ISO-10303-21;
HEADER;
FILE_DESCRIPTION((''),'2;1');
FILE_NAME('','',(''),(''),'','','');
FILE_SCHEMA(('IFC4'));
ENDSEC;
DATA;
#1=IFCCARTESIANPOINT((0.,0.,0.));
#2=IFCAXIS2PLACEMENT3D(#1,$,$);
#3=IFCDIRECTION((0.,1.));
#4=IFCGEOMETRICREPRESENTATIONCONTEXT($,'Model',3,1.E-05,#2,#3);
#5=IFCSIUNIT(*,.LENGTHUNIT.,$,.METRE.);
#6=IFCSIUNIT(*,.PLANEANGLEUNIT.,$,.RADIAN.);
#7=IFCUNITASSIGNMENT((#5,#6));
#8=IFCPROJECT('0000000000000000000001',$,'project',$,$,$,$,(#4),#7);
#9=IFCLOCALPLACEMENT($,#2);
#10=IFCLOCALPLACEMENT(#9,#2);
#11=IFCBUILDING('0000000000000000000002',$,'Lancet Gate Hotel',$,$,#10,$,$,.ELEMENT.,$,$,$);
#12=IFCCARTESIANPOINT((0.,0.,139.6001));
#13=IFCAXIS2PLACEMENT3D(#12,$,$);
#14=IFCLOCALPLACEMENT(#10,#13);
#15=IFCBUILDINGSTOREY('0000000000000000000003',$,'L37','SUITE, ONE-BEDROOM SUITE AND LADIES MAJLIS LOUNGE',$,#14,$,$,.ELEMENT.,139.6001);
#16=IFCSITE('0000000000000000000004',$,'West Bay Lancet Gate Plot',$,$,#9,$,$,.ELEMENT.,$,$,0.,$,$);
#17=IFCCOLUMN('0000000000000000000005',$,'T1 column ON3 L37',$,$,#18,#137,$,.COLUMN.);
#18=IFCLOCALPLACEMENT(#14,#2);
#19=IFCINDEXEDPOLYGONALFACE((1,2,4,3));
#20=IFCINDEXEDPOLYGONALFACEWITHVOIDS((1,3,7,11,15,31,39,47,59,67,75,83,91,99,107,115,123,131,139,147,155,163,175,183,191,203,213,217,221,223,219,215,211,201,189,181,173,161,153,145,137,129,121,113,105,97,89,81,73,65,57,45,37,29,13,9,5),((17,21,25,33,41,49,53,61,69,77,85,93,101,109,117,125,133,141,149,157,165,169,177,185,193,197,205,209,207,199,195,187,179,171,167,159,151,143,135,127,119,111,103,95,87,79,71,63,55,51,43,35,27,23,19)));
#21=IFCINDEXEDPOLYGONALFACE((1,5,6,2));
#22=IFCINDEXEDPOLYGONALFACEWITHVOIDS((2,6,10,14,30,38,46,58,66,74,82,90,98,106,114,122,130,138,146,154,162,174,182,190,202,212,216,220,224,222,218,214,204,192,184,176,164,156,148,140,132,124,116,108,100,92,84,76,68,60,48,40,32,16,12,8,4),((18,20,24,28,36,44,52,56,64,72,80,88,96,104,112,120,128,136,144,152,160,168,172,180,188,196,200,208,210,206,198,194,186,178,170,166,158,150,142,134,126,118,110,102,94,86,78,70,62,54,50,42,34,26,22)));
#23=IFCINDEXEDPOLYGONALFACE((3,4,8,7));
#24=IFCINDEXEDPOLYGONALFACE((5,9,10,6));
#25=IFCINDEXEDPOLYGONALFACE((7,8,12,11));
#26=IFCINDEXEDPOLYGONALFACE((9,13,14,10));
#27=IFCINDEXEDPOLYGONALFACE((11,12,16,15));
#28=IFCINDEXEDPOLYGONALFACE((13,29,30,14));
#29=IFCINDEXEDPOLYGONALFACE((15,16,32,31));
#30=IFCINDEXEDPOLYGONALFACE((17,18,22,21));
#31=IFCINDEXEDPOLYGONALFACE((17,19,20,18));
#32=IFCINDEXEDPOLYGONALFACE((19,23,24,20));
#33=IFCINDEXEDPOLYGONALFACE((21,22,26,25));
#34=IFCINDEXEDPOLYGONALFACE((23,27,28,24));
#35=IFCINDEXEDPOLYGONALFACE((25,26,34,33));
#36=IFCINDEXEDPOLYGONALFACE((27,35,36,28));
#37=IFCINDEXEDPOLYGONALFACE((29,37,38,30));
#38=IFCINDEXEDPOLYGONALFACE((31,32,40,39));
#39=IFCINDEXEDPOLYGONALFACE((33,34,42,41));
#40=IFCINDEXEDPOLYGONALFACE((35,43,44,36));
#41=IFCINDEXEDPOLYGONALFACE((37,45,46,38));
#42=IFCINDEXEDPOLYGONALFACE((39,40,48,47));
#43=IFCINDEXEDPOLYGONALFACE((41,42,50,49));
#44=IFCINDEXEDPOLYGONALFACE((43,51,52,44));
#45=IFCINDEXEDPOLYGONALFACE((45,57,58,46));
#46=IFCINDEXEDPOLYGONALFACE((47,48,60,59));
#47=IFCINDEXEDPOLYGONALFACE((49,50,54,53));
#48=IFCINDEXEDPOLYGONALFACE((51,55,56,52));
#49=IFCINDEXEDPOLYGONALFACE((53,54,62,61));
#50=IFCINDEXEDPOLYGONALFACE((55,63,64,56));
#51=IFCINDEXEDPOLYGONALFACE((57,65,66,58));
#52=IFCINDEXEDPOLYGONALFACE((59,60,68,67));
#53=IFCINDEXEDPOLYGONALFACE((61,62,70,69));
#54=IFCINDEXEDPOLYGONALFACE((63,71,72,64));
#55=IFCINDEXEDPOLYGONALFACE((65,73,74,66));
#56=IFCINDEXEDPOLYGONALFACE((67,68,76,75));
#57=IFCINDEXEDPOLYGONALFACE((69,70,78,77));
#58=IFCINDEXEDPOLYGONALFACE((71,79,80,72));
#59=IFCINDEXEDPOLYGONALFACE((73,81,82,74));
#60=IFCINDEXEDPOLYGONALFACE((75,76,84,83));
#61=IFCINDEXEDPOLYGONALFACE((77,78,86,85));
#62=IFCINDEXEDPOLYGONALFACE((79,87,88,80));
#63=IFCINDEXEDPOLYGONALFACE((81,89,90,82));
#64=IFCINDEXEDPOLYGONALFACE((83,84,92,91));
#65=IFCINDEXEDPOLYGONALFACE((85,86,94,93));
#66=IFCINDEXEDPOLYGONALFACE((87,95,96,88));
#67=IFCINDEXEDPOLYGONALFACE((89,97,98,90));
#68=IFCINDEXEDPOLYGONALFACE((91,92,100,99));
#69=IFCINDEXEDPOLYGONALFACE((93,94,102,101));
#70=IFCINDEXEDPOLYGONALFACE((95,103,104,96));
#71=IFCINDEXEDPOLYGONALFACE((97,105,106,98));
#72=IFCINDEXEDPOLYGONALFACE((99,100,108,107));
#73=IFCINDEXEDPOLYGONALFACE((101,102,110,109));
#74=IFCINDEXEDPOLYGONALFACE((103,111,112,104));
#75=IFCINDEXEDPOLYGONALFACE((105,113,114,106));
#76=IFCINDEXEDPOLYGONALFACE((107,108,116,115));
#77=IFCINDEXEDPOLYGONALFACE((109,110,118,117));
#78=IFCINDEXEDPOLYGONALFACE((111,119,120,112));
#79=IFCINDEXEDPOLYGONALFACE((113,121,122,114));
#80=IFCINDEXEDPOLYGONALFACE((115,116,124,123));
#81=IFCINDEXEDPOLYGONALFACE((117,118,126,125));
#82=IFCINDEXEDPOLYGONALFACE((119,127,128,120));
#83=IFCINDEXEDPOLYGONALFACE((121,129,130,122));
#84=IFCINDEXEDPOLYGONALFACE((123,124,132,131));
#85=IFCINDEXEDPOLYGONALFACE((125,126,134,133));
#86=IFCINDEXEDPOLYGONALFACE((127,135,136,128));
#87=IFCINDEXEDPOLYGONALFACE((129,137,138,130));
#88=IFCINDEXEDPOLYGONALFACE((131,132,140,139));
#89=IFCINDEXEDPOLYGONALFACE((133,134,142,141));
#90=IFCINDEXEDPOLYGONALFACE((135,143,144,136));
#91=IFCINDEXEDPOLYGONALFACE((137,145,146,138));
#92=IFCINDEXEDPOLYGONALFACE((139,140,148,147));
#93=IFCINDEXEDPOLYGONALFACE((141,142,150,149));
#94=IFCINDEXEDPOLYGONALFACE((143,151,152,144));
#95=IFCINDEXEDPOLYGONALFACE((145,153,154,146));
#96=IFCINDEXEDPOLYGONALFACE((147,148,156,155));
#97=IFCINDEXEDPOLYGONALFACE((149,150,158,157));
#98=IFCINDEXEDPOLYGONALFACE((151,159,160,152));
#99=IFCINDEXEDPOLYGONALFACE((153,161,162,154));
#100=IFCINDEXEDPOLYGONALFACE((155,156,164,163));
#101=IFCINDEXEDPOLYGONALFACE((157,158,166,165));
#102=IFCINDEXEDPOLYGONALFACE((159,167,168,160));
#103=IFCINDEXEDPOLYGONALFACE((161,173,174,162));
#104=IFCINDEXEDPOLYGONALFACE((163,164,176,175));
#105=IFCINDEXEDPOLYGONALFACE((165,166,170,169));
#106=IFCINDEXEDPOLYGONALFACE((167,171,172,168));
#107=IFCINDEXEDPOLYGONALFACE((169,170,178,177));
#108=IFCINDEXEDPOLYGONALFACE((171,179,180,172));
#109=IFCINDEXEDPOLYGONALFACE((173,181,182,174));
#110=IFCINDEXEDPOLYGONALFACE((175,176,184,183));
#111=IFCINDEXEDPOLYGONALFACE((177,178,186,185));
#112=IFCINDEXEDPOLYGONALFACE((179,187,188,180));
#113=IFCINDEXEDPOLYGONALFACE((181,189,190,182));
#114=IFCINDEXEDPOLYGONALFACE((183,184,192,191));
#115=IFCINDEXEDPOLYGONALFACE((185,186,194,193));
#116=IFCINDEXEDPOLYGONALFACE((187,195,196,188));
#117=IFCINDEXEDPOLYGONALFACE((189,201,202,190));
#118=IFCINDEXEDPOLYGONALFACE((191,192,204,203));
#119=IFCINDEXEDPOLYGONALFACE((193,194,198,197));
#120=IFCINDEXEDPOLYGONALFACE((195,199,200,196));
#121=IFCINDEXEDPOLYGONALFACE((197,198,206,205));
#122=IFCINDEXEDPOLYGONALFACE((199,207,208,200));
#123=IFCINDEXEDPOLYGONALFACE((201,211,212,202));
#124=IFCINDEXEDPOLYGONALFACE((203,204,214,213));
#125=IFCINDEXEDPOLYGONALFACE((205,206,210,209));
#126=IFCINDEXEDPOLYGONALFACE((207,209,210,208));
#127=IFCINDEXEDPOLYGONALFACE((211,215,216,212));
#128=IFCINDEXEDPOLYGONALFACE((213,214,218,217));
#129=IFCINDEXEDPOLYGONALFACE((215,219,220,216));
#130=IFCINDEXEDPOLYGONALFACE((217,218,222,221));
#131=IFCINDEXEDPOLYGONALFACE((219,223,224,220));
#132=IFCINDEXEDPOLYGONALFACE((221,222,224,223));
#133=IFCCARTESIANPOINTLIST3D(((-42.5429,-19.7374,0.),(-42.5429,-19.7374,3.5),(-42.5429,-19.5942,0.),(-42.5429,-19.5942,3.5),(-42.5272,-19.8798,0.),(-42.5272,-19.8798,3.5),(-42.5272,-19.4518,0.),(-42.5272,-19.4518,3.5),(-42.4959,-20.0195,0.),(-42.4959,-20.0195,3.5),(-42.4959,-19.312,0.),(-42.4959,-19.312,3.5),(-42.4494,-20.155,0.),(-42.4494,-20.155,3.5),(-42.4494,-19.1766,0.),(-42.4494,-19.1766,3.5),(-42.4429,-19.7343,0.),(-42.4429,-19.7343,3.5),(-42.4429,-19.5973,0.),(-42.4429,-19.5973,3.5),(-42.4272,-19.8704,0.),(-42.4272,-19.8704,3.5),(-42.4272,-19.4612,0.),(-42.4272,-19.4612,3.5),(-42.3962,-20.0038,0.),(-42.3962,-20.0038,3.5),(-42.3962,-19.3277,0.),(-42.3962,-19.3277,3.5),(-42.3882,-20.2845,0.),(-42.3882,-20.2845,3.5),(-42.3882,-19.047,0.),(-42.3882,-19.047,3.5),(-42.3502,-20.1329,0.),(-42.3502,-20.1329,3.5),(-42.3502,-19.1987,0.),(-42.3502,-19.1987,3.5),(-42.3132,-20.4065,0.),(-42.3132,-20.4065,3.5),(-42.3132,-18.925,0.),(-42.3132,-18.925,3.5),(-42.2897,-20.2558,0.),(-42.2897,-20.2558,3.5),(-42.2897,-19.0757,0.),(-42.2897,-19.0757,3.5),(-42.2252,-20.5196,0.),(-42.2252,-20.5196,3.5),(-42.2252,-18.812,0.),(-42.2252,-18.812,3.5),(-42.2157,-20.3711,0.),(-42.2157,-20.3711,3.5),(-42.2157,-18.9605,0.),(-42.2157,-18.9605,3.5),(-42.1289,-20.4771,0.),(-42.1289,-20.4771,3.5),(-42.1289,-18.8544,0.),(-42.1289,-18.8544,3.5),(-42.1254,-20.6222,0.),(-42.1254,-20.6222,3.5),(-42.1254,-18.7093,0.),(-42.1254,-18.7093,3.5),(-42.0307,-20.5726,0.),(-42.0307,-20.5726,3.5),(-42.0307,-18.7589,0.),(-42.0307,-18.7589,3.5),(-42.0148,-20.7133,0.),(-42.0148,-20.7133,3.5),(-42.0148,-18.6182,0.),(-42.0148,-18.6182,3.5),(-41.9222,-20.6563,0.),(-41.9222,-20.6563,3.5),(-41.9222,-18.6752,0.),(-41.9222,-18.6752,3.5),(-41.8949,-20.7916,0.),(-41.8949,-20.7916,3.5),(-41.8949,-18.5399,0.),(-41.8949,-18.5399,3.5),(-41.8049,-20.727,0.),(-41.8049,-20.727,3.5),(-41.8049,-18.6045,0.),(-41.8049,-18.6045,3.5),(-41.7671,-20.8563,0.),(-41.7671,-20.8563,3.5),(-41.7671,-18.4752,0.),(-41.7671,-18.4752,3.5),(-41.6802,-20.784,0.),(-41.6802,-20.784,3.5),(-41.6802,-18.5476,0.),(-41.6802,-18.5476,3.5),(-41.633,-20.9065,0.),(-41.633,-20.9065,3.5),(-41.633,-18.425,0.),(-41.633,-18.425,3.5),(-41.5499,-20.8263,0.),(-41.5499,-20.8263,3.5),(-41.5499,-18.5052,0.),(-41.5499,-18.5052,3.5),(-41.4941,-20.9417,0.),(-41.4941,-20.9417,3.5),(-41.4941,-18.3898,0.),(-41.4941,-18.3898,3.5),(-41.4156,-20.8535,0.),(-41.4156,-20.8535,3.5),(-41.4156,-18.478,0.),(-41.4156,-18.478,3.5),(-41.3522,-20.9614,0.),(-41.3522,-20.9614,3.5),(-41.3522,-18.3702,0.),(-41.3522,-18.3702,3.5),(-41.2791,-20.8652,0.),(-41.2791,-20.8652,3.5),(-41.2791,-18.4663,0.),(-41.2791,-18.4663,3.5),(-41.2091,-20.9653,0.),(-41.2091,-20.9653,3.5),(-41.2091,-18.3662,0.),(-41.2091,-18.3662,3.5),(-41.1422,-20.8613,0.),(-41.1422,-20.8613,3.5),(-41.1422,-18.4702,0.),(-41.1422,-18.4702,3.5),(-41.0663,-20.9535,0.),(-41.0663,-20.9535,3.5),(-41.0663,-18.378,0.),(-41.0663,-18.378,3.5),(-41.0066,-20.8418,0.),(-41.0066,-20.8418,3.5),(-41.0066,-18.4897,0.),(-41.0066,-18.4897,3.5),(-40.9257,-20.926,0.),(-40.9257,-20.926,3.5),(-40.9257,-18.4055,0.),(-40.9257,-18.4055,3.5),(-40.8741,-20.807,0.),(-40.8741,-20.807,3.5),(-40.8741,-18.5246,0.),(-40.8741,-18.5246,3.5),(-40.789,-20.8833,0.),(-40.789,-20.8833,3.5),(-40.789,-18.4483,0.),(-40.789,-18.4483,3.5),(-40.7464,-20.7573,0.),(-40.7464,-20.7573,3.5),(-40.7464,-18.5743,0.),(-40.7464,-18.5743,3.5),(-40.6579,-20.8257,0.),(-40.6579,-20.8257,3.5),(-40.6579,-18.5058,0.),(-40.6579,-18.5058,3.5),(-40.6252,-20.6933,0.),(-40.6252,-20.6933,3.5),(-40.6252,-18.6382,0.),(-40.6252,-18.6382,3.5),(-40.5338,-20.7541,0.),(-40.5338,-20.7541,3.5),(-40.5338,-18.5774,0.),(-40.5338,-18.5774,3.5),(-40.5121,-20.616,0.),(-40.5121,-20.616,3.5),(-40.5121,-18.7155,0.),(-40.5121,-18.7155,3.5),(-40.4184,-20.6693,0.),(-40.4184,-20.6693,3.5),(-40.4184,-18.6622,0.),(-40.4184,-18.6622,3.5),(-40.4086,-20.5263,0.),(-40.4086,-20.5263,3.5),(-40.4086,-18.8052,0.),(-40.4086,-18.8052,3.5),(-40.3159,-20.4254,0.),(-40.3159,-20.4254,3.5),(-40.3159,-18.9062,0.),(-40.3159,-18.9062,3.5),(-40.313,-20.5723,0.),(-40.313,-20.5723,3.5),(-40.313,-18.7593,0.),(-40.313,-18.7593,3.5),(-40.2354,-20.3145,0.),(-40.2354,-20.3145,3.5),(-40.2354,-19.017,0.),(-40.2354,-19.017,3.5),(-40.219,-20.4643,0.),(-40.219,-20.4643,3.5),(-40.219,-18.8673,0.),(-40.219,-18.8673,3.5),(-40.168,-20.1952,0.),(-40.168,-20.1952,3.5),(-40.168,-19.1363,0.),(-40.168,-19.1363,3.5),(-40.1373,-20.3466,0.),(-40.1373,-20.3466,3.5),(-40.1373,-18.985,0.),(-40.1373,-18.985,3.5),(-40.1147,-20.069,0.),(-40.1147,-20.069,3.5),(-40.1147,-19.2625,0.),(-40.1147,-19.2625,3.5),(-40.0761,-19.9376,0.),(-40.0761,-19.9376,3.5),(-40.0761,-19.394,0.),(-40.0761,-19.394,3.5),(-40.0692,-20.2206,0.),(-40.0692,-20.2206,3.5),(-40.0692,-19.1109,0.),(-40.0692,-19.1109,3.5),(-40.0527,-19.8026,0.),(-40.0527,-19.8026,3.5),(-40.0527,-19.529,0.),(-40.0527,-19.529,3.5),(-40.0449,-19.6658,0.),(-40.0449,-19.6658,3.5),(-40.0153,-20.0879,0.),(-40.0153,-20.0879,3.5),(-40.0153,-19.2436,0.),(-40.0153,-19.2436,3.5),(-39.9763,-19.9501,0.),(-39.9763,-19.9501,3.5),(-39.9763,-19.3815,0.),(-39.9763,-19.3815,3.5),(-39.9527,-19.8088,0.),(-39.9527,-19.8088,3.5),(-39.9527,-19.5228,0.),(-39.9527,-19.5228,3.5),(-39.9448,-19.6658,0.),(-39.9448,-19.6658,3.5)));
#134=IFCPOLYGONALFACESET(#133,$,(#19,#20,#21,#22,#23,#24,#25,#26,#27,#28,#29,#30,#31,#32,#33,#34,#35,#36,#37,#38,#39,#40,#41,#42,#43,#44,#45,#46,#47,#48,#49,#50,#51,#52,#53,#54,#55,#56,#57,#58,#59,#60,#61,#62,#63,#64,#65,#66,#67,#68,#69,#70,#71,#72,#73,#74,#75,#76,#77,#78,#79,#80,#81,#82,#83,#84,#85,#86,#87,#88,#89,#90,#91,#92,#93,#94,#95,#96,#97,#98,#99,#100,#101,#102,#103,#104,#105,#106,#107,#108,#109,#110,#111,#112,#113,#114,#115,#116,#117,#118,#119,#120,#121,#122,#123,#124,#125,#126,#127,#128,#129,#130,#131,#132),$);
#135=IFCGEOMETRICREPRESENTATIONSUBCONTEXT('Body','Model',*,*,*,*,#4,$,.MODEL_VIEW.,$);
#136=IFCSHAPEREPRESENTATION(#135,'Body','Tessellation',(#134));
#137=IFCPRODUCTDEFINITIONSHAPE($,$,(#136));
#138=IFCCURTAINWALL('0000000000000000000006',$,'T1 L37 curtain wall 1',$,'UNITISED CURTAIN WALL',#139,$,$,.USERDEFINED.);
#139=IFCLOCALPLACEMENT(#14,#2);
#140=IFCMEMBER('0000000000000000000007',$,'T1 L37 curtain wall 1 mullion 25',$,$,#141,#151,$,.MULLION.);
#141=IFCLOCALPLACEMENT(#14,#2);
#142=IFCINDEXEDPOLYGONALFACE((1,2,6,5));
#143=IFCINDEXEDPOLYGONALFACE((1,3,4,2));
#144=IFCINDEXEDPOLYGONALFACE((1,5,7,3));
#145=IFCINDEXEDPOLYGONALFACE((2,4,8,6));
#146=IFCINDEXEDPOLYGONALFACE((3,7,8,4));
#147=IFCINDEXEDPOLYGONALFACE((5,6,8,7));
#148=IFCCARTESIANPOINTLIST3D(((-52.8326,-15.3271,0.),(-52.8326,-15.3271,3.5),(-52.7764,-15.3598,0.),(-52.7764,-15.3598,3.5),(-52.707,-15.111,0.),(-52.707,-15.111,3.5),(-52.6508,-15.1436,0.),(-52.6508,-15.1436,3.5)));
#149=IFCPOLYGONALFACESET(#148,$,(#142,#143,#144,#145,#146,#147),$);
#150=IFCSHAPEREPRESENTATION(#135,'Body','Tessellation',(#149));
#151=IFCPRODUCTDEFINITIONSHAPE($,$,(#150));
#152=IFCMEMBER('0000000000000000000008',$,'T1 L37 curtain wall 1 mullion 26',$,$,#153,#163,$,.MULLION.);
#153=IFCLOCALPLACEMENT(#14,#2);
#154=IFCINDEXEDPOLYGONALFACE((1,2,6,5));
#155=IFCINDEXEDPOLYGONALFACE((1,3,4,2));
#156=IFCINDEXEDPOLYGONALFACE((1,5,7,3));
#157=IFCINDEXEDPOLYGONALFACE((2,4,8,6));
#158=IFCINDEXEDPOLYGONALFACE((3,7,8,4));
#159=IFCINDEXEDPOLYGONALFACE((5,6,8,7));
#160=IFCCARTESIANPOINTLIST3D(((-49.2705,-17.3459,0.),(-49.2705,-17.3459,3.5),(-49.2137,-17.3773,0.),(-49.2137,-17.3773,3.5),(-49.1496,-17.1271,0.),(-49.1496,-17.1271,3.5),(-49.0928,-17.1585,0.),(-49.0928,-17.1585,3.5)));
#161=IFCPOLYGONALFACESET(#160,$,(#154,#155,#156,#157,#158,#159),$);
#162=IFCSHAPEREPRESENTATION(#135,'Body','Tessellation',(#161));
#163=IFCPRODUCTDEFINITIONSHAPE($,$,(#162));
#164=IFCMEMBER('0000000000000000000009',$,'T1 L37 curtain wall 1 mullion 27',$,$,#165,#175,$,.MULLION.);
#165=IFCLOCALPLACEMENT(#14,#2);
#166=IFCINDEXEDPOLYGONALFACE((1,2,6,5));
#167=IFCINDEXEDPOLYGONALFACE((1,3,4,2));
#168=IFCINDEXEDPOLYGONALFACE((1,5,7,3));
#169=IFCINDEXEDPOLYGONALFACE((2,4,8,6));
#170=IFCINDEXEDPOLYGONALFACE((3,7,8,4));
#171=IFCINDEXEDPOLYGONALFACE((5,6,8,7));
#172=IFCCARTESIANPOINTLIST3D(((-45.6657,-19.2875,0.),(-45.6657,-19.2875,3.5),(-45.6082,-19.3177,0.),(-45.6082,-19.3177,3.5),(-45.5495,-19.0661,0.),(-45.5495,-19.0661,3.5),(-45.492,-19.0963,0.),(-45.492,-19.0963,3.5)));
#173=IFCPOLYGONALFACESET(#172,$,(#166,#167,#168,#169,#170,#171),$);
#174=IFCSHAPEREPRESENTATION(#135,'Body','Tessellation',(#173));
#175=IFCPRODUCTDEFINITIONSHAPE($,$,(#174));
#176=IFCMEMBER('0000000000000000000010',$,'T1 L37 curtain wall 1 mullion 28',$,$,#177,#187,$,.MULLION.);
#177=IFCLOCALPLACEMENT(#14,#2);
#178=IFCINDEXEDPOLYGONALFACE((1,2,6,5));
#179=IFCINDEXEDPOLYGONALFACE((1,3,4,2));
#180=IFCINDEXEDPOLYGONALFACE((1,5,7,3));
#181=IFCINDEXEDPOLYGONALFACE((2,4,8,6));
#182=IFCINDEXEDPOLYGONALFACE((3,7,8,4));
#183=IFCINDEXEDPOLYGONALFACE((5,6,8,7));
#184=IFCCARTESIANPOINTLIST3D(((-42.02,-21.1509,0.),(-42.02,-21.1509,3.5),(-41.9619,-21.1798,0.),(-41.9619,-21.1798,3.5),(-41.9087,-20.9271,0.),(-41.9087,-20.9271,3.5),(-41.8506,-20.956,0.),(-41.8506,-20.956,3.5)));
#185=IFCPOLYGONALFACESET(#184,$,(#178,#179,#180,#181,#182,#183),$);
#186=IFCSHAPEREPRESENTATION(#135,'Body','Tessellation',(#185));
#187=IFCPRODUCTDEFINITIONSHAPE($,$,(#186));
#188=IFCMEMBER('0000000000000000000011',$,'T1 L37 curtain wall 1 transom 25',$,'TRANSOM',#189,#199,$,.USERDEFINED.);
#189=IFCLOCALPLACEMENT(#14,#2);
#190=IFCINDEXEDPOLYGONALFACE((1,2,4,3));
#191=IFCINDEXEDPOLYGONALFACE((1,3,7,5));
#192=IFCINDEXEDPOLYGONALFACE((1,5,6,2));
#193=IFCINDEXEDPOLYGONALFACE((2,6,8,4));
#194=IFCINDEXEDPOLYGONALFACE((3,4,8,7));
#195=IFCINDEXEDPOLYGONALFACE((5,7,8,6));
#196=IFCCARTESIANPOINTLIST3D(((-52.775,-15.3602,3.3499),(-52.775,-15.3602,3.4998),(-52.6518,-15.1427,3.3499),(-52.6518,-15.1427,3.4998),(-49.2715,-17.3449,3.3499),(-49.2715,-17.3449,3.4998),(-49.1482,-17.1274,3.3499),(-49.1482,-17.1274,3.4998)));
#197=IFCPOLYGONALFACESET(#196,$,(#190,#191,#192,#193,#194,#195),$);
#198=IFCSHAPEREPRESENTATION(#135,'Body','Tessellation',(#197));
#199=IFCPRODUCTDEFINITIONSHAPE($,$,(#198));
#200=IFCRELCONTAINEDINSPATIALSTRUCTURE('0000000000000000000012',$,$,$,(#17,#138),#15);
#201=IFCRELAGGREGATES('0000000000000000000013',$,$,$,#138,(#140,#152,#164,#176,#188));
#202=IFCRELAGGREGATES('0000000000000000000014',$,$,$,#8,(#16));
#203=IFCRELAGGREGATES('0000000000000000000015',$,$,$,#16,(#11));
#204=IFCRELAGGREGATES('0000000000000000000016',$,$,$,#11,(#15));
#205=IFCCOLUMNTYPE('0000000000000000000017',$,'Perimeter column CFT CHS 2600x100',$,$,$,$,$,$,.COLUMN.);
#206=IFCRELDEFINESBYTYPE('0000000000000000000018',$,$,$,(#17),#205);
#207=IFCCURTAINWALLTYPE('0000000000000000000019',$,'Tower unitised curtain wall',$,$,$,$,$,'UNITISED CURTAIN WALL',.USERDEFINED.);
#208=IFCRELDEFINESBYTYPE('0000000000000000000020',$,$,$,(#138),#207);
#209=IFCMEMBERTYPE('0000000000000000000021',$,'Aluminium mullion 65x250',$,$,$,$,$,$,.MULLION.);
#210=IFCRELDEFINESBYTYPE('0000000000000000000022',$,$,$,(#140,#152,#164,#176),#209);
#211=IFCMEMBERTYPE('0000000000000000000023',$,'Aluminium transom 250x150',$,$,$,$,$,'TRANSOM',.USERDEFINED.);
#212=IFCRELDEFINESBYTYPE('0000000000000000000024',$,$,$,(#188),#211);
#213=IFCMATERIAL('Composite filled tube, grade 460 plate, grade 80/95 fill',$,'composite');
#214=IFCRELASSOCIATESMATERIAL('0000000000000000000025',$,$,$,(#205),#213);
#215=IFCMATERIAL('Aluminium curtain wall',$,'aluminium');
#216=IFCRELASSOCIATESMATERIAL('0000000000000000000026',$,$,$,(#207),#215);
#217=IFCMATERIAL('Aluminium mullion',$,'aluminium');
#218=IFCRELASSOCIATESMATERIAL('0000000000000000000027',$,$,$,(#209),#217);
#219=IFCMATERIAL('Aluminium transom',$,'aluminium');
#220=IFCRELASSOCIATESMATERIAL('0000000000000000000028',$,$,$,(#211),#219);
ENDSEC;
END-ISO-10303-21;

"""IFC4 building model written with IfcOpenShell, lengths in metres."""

from ifc_helpers import new_model, si_unit, direction, frame, origin, origin_2d, place, context, subcontext, project, spatial, rectangle, hollow_circle, extrude, material, material_profile, profile_set, type_object, element, aggregate, save


model = new_model("IFC4")

# Units and contexts
model_context = context("Model", 3, precision=1e-05, world=origin(), true_north=direction((0.0, 1.0)))
body_context = subcontext(model_context, "Body", "Model", "MODEL_VIEW")
ifc_project = project(units=[si_unit("LENGTHUNIT", "METRE"), si_unit("PLANEANGLEUNIT", "RADIAN")], contexts=[model_context])

# Site, building, storey
site_placement = place(None, origin())
site = spatial("IfcSite", under=ifc_project, at=site_placement, Name="West Bay Lancet Gate Plot", CompositionType="ELEMENT", RefElevation=0.0)
building_placement = place(site_placement, origin())
building = spatial("IfcBuilding", under=site, at=building_placement, Name="Lancet Gate Hotel", CompositionType="ELEMENT")
storey_placement = place(building_placement, frame((0.0, 0.0, 139.6001)))
storey = spatial("IfcBuildingStorey", under=building, at=storey_placement, Name="L37", Description="SUITE, ONE-BEDROOM SUITE AND LADIES MAJLIS LOUNGE", CompositionType="ELEMENT", Elevation=139.6001)

# Column
ifc_material_1 = material(Name="Composite filled tube, grade 460 plate, grade 80/95 fill", Category="composite")
ifc_material_profile_1 = material_profile(ifc_material_1, hollow_circle(Radius=1.3, WallThickness=0.1001, at=origin_2d()), Name="CHS 2600x100")
ifc_profile_set_1 = profile_set([ifc_material_profile_1], Name="Composite filled tube, grade 460 plate, grade 80/95 fill")
column_type = type_object("IfcColumnType", Name="Perimeter column CFT CHS 2600x100", PredefinedType="COLUMN", material=ifc_profile_set_1)
for number, where, z_axis, x_axis, name in (
    (1, (-41.2449, -19.6658, 0.0), (0.0, 0.0, 1.0), (1.0, 0.0, 0.0), "T1 column ON3 L37"),
):
    element("IfcColumn", number, at=place(storey_placement, frame(where, z_axis=z_axis, x_axis=x_axis)), inside=storey, type_object=column_type, Name=name, PredefinedType="COLUMN", context=body_context, shape_type="SweptSolid", body=[
        extrude(hollow_circle(Radius=1.3, WallThickness=0.1001, at=origin_2d()), origin(), (0.0, 0.0, 1.0), 3.5),
    ])

# Curtain wall, members
ifc_material_2 = material(Name="Aluminium curtain wall", Category="aluminium")
curtain_wall_type = type_object("IfcCurtainWallType", Name="Tower unitised curtain wall", ElementType="UNITISED CURTAIN WALL", PredefinedType="USERDEFINED", material=ifc_material_2)
curtain_wall_placement = place(storey_placement, origin())
curtain_wall = element("IfcCurtainWall", 2, at=curtain_wall_placement, inside=storey, type_object=curtain_wall_type, Name="T1 L37 curtain wall 1", ObjectType="UNITISED CURTAIN WALL", PredefinedType="USERDEFINED")
ifc_material_3 = material(Name="Aluminium mullion", Category="aluminium")
ifc_material_profile_2 = material_profile(ifc_material_3, rectangle(XDim=0.0649, YDim=0.25, at=origin_2d()), Name="MULLION 65x250")
ifc_profile_set_2 = profile_set([ifc_material_profile_2], Name="Aluminium mullion")
member_type_1 = type_object("IfcMemberType", Name="Aluminium mullion 65x250", PredefinedType="MULLION", material=ifc_profile_set_2)
member_1_placement = place(storey_placement, frame((-52.7417, -15.2354, 0.0), z_axis=(0.0, 0.0, 1.0), x_axis=(0.864728, -0.502241, 0.0)))
member_1 = element("IfcMember", 3, at=member_1_placement, type_object=member_type_1, Name="T1 L37 curtain wall 1 mullion 25", PredefinedType="MULLION", context=body_context, shape_type="SweptSolid", body=[
    extrude(rectangle(XDim=0.0649, YDim=0.25, at=origin_2d()), origin(), (0.0, 0.0, 1.0), 3.5),
])
member_2_placement = place(storey_placement, frame((-49.1816, -17.2522, 0.0), z_axis=(0.0, 0.0, 1.0), x_axis=(0.875339, -0.48351, 0.0)))
member_2 = element("IfcMember", 4, at=member_2_placement, type_object=member_type_1, Name="T1 L37 curtain wall 1 mullion 26", PredefinedType="MULLION", context=body_context, shape_type="SweptSolid", body=[
    extrude(rectangle(XDim=0.0649, YDim=0.25, at=origin_2d()), origin(), (0.0, 0.0, 1.0), 3.5),
])
member_3_placement = place(storey_placement, frame((-45.5789, -19.1919, 0.0), z_axis=(0.0, 0.0, 1.0), x_axis=(0.885544, -0.464555, 0.0)))
member_3 = element("IfcMember", 5, at=member_3_placement, type_object=member_type_1, Name="T1 L37 curtain wall 1 mullion 27", PredefinedType="MULLION", context=body_context, shape_type="SweptSolid", body=[
    extrude(rectangle(XDim=0.0649, YDim=0.25, at=origin_2d()), origin(), (0.0, 0.0, 1.0), 3.5),
])
member_4_placement = place(storey_placement, frame((-41.9353, -21.0535, 0.0), z_axis=(0.0, 0.0, 1.0), x_axis=(0.895339, -0.445384, 0.0)))
member_4 = element("IfcMember", 6, at=member_4_placement, type_object=member_type_1, Name="T1 L37 curtain wall 1 mullion 28", PredefinedType="MULLION", context=body_context, shape_type="SweptSolid", body=[
    extrude(rectangle(XDim=0.0649, YDim=0.25, at=origin_2d()), origin(), (0.0, 0.0, 1.0), 3.5),
])
ifc_material_4 = material(Name="Aluminium transom", Category="aluminium")
ifc_material_profile_3 = material_profile(ifc_material_4, rectangle(XDim=0.25, YDim=0.1499, at=origin_2d()), Name="TRANSOM 250x150")
ifc_profile_set_3 = profile_set([ifc_material_profile_3], Name="Aluminium transom")
member_type_2 = type_object("IfcMemberType", Name="Aluminium transom 250x150", ElementType="TRANSOM", PredefinedType="USERDEFINED", material=ifc_profile_set_3)
member_5_placement = place(storey_placement, frame((-52.7134, -15.2515, 3.4248), z_axis=(0.870092, -0.49289, 0.0), x_axis=(0.49289, 0.870092, 0.0)))
member_5 = element("IfcMember", 7, at=member_5_placement, type_object=member_type_2, Name="T1 L37 curtain wall 1 transom 25", ObjectType="TRANSOM", PredefinedType="USERDEFINED", context=body_context, shape_type="SweptSolid", body=[
    extrude(rectangle(XDim=0.25, YDim=0.1499, at=origin_2d()), origin(), (0.0, 0.0, 1.0), 4.0266),
])

aggregate(curtain_wall, [member_1, member_2, member_3, member_4, member_5])

save(model, "model.ifc")
